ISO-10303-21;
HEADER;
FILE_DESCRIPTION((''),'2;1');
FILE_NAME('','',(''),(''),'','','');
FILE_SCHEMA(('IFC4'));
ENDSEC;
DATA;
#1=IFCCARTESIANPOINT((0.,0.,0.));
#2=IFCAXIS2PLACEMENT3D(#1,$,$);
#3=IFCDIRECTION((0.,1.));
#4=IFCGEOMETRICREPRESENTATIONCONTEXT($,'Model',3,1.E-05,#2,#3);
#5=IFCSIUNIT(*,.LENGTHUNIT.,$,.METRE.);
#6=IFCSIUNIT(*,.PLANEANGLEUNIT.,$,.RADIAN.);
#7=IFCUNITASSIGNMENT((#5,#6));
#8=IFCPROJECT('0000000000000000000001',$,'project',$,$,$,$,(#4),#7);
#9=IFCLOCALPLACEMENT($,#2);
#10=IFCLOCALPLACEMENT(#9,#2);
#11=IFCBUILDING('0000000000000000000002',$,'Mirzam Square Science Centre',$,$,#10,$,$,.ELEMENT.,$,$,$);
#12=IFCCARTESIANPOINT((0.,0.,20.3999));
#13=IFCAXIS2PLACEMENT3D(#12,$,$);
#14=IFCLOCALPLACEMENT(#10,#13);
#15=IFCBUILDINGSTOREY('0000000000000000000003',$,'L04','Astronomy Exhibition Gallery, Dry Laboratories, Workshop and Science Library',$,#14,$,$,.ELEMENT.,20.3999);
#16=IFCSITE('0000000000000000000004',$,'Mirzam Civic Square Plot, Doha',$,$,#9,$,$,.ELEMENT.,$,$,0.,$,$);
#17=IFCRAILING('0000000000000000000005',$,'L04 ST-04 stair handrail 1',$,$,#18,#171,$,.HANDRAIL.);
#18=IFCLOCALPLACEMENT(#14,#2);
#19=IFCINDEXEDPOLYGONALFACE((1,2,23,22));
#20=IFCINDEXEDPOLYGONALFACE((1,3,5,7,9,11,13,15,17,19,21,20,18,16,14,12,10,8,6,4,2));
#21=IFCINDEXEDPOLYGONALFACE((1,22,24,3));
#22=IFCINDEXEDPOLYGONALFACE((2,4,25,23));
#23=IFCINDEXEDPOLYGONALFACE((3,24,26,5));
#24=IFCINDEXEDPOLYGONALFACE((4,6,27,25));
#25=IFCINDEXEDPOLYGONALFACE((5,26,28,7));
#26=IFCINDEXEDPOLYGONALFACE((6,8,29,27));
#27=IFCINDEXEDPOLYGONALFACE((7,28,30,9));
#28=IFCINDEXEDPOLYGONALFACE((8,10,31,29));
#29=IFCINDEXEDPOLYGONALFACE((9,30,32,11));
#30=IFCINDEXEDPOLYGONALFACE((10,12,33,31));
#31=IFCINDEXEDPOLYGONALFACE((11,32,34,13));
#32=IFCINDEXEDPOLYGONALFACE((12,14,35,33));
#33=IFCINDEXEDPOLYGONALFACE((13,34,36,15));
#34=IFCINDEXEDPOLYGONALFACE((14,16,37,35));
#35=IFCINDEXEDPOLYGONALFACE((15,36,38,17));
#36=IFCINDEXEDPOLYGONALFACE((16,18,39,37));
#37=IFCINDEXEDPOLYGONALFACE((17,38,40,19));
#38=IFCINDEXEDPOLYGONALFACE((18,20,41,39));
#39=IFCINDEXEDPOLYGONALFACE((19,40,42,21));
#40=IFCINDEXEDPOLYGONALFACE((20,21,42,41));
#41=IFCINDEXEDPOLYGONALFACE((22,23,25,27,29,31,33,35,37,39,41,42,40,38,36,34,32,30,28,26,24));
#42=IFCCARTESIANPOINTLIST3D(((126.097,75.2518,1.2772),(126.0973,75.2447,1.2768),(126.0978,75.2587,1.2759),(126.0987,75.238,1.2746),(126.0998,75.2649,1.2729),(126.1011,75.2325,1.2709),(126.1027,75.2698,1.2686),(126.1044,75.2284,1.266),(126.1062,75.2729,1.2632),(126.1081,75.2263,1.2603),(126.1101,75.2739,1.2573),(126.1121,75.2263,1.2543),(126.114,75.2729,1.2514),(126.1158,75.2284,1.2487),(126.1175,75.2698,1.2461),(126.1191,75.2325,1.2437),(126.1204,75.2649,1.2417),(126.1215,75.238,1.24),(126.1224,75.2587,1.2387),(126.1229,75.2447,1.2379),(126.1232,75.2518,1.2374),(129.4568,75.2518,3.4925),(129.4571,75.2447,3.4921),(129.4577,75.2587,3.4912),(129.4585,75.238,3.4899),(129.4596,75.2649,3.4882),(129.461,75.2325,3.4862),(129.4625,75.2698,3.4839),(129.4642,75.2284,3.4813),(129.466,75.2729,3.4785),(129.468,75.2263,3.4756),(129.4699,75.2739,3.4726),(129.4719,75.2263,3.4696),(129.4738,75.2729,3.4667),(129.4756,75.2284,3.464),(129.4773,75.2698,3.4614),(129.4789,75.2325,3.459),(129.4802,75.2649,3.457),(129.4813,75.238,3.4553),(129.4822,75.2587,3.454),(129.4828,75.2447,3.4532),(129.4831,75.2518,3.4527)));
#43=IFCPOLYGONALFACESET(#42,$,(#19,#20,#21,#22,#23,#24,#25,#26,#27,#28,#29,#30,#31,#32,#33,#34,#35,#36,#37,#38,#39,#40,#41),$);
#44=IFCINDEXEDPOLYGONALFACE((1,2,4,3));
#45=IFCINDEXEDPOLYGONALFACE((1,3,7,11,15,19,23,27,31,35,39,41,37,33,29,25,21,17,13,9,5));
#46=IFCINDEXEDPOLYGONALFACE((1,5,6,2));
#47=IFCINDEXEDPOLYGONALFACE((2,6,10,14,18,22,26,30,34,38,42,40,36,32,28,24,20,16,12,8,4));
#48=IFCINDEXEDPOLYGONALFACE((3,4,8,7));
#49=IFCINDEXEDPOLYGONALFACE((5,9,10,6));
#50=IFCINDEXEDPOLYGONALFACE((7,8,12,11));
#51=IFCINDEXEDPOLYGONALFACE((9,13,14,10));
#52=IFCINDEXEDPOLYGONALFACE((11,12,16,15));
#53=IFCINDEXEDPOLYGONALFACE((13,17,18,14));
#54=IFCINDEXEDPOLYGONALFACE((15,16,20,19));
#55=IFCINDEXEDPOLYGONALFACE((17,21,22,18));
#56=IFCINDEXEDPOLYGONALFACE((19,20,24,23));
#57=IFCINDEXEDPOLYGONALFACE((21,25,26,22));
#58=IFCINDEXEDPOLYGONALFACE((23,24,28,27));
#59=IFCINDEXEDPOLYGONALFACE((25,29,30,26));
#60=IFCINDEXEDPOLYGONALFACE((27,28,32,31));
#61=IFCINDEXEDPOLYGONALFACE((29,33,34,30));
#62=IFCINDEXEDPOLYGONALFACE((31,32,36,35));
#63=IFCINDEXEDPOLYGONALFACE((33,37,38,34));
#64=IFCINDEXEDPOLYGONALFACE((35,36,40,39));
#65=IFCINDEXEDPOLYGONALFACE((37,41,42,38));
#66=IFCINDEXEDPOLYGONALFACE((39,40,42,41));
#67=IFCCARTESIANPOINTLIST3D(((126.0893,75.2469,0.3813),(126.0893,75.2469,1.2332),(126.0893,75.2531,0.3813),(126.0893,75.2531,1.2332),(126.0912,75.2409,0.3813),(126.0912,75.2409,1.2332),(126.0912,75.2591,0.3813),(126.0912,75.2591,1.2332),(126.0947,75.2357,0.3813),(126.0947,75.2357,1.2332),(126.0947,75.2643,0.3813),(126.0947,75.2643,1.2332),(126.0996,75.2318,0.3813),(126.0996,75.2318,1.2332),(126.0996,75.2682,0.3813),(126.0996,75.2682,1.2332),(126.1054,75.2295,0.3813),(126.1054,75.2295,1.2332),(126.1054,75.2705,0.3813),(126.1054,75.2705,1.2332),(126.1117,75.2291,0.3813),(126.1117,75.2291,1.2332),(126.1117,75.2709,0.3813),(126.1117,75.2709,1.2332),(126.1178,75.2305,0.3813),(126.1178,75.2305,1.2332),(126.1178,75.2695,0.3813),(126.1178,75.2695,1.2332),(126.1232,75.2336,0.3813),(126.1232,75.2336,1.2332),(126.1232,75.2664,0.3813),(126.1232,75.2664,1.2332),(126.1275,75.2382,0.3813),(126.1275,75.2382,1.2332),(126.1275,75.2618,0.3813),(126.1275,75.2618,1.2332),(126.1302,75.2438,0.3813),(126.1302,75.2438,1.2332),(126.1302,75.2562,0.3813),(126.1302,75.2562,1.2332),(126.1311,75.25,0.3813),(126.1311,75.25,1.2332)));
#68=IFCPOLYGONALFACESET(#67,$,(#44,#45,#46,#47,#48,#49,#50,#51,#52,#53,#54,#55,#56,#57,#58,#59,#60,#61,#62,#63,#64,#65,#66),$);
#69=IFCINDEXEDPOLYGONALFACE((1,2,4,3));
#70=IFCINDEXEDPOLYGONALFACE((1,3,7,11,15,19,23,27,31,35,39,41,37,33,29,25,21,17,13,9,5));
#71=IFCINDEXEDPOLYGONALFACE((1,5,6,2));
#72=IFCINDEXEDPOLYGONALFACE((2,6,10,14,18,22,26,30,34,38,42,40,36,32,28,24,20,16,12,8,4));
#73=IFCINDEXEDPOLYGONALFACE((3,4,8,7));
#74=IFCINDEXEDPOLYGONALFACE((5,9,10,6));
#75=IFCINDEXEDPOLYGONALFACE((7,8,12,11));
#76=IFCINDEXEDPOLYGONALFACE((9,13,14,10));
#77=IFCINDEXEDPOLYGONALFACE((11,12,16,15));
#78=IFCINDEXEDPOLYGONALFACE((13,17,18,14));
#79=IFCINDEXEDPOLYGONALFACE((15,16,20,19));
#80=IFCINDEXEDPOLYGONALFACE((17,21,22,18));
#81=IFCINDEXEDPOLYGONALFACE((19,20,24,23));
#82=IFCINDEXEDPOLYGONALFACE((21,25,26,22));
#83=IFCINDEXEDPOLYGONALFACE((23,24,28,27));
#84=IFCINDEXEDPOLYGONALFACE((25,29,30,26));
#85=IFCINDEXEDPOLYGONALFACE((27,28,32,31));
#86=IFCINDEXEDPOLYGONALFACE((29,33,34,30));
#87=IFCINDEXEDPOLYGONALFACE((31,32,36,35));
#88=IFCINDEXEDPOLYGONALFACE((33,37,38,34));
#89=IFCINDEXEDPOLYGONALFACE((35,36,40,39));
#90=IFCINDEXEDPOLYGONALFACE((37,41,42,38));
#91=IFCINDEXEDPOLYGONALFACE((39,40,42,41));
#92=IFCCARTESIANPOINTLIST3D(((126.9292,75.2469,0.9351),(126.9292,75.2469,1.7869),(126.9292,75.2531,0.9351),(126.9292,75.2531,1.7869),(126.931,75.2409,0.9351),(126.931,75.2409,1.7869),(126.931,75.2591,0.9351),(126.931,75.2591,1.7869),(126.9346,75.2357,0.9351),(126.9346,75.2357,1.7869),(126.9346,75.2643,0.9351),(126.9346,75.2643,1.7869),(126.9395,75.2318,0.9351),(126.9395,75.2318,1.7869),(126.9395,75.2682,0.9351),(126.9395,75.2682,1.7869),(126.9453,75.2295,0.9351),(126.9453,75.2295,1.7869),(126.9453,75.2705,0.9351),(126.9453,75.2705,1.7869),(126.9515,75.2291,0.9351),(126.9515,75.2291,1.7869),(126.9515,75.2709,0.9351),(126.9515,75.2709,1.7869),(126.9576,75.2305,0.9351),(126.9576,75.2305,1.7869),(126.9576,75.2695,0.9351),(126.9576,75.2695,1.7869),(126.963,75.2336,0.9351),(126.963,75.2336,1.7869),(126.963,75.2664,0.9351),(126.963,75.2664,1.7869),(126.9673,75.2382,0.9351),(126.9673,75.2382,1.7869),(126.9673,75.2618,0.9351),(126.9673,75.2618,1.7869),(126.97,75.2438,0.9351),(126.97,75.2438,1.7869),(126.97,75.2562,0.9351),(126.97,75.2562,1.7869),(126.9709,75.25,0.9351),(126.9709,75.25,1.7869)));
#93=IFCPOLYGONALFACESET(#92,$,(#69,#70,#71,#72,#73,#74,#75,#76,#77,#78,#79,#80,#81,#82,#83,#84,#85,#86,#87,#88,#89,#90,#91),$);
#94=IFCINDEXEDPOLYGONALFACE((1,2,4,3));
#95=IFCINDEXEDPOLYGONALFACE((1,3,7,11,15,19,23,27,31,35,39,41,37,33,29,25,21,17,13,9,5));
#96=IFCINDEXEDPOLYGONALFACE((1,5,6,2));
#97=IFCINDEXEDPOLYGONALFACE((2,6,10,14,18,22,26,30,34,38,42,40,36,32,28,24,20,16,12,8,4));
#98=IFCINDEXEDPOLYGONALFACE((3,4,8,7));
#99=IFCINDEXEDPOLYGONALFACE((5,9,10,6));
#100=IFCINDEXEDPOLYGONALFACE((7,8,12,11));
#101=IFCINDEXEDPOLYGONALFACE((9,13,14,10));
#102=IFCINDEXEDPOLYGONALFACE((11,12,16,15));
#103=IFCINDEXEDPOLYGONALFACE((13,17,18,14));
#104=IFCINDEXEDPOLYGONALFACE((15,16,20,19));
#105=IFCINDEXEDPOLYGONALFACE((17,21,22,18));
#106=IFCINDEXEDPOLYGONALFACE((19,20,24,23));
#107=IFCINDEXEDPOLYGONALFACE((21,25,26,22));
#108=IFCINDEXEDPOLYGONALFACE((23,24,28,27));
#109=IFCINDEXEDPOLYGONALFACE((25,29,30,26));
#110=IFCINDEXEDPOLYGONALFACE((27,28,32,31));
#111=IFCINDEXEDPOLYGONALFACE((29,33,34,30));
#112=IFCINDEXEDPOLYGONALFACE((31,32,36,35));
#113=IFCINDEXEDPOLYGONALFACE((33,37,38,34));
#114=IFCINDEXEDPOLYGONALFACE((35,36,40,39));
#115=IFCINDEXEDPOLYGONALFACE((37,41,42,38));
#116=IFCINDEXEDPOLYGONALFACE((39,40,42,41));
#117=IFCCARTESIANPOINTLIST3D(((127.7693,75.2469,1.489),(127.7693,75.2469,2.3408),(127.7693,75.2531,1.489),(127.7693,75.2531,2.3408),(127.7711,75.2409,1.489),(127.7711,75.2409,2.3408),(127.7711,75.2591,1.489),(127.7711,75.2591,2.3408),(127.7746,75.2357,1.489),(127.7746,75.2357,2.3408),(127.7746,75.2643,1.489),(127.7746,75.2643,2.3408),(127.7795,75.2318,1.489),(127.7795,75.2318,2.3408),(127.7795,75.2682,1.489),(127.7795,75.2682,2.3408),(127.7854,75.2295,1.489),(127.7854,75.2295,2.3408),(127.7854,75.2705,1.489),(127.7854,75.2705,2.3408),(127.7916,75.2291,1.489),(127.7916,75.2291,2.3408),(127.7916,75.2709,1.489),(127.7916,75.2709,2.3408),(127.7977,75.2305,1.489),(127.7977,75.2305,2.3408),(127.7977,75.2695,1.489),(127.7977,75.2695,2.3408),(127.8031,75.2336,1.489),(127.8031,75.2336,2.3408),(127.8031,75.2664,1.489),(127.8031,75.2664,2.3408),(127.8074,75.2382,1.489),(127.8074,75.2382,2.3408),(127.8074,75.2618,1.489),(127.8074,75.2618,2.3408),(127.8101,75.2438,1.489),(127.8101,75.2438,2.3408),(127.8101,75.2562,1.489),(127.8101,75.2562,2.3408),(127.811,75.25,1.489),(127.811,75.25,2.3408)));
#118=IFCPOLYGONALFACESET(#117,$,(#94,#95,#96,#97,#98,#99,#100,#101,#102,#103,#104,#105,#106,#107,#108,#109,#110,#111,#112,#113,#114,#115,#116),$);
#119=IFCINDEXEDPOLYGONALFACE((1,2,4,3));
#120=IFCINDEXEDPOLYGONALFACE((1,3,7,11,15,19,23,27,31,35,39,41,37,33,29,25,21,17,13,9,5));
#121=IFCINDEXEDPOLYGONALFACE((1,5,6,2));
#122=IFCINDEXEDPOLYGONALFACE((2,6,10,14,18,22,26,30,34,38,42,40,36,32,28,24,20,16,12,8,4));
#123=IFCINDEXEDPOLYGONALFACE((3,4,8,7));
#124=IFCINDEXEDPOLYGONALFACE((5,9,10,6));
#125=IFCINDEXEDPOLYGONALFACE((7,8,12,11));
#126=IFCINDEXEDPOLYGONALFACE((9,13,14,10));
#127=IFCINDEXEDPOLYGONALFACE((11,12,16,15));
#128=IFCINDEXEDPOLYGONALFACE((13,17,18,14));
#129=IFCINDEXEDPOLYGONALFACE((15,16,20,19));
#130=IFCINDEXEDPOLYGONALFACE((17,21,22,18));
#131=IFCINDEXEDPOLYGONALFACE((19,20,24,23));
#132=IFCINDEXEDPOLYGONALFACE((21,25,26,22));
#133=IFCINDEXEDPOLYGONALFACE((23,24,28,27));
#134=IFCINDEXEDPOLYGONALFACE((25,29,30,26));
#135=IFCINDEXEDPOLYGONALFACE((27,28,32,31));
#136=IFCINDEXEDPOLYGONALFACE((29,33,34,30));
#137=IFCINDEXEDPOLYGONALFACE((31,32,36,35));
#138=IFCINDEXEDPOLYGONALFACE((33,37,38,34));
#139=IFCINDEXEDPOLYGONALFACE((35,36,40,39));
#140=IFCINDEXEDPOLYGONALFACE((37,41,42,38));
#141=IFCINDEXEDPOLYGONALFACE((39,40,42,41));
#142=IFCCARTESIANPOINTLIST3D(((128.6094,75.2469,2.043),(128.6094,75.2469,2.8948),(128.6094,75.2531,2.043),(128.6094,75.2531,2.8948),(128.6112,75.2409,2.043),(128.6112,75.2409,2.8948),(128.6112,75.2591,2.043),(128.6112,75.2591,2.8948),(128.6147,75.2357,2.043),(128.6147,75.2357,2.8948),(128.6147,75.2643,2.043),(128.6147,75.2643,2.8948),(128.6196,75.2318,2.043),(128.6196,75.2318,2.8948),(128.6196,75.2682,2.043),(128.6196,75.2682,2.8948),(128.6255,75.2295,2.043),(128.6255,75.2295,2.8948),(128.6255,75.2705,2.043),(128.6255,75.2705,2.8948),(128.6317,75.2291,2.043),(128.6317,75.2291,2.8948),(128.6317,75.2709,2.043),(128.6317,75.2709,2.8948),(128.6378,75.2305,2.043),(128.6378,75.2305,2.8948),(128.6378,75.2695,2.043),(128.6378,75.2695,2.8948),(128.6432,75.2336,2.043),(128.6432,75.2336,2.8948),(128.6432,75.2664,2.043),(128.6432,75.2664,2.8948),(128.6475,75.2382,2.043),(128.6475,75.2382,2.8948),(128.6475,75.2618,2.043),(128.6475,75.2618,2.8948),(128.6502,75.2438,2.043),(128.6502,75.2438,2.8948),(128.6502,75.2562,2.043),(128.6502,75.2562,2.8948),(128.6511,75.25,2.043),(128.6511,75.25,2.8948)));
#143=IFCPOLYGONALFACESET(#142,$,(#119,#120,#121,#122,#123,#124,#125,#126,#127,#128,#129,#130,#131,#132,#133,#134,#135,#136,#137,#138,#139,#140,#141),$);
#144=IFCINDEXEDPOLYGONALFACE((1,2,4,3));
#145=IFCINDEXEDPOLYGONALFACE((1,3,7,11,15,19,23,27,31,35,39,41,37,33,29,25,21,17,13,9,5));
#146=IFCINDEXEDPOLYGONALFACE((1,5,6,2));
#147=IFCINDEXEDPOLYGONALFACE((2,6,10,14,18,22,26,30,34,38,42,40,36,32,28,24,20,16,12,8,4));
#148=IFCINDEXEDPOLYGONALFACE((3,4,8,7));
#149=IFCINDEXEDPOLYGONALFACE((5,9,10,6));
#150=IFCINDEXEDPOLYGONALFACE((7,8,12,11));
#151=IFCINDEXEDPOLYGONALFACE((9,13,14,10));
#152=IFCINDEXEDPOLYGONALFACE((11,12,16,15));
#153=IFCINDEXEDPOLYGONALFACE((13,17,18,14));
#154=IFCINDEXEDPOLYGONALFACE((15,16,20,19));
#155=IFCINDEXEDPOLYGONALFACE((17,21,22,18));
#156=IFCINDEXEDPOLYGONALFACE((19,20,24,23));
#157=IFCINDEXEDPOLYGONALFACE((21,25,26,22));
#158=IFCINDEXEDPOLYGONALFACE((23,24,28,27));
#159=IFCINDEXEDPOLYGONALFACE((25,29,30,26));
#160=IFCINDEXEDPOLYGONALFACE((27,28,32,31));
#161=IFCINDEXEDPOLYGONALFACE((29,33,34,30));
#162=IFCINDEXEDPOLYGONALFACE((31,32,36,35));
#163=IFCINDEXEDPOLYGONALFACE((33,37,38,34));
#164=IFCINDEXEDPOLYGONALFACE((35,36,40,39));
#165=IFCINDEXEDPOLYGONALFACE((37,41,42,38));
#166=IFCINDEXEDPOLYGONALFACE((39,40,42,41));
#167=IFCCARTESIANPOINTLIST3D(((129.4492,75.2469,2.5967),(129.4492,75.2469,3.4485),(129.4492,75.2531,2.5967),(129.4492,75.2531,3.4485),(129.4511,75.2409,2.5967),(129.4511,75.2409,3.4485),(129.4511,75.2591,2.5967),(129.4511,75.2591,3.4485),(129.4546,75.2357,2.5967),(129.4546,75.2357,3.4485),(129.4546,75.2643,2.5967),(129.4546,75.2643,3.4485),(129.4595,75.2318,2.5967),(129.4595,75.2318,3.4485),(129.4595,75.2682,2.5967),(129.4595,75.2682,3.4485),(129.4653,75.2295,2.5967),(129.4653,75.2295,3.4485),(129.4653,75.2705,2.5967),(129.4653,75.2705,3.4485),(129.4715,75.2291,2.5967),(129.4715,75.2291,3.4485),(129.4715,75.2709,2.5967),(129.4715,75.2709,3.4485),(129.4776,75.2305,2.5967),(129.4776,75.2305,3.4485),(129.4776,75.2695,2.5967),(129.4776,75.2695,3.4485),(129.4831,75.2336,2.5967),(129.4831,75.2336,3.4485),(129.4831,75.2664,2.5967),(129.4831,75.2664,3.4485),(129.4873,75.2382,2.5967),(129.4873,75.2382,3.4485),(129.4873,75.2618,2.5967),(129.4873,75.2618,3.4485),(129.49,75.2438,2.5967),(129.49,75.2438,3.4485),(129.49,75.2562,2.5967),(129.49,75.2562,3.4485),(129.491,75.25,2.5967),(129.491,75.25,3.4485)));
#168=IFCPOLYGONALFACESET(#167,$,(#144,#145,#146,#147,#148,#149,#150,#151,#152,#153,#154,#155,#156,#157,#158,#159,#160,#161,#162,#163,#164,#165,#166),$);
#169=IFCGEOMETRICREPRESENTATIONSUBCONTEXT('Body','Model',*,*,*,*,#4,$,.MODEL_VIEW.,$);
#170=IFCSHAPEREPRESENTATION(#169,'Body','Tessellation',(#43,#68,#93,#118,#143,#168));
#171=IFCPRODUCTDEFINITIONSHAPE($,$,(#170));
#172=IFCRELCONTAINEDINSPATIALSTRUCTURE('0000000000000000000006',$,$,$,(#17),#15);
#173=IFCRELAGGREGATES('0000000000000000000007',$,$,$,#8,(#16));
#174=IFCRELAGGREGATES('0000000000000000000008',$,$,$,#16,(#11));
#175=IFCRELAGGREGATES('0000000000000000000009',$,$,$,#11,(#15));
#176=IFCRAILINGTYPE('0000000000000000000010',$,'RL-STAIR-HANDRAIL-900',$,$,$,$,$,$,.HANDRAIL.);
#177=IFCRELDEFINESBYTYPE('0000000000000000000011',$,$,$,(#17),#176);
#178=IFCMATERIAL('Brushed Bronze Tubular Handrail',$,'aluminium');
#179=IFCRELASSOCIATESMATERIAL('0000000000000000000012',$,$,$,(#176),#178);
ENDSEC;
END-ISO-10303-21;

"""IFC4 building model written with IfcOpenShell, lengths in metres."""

from ifc_helpers import new_model, si_unit, direction, frame, origin, origin_2d, place, context, subcontext, project, spatial, circle, extrude, material, type_object, element, save


model = new_model("IFC4")

# Units and contexts
model_context = context("Model", 3, precision=1e-05, world=origin(), true_north=direction((0.0, 1.0)))
body_context = subcontext(model_context, "Body", "Model", "MODEL_VIEW")
ifc_project = project(units=[si_unit("LENGTHUNIT", "METRE"), si_unit("PLANEANGLEUNIT", "RADIAN")], contexts=[model_context])

# Site, building, storey
site_placement = place(None, origin())
site = spatial("IfcSite", under=ifc_project, at=site_placement, Name="Mirzam Civic Square Plot, Doha", CompositionType="ELEMENT", RefElevation=0.0)
building_placement = place(site_placement, origin())
building = spatial("IfcBuilding", under=site, at=building_placement, Name="Mirzam Square Science Centre", CompositionType="ELEMENT")
storey_placement = place(building_placement, frame((0.0, 0.0, 20.3999)))
storey = spatial("IfcBuildingStorey", under=building, at=storey_placement, Name="L04", Description="Astronomy Exhibition Gallery, Dry Laboratories, Workshop and Science Library", CompositionType="ELEMENT", Elevation=20.3999)

# Railing
ifc_material_1 = material(Name="Brushed Bronze Tubular Handrail", Category="aluminium")
railing_type_1 = type_object("IfcRailingType", Name="RL-STAIR-HANDRAIL-900", PredefinedType="HANDRAIL", material=ifc_material_1)
railing_1_placement = place(storey_placement, frame((126.1101, 75.25, 0.3813)))
element("IfcRailing", 1, at=railing_1_placement, inside=storey, type_object=railing_type_1, Name="L04 ST-04 stair handrail 1", PredefinedType="HANDRAIL", context=body_context, shape_type="SweptSolid", body=[
    extrude(circle(Radius=0.0239, at=origin_2d()), frame((0.0, 0.0, 0.876), z_axis=(0.834858, 0.0, 0.550465), x_axis=(0.0, 1.0, 0.0)), (0.0, 0.0, 1.0), 4.0244),
    extrude(circle(Radius=0.021, at=origin_2d()), origin(), (0.0, 0.0, 1.0), 0.8518),
    extrude(circle(Radius=0.021, at=origin_2d()), frame((0.8398, 0.0, 0.5537)), (0.0, 0.0, 1.0), 0.8518),
    extrude(circle(Radius=0.021, at=origin_2d()), frame((1.6799, 0.0, 1.1077)), (0.0, 0.0, 1.0), 0.8518),
    extrude(circle(Radius=0.021, at=origin_2d()), frame((2.52, 0.0, 1.6616)), (0.0, 0.0, 1.0), 0.8518),
    extrude(circle(Radius=0.021, at=origin_2d()), frame((3.3599, 0.0, 2.2153)), (0.0, 0.0, 1.0), 0.8518),
])

save(model, "model.ifc")
